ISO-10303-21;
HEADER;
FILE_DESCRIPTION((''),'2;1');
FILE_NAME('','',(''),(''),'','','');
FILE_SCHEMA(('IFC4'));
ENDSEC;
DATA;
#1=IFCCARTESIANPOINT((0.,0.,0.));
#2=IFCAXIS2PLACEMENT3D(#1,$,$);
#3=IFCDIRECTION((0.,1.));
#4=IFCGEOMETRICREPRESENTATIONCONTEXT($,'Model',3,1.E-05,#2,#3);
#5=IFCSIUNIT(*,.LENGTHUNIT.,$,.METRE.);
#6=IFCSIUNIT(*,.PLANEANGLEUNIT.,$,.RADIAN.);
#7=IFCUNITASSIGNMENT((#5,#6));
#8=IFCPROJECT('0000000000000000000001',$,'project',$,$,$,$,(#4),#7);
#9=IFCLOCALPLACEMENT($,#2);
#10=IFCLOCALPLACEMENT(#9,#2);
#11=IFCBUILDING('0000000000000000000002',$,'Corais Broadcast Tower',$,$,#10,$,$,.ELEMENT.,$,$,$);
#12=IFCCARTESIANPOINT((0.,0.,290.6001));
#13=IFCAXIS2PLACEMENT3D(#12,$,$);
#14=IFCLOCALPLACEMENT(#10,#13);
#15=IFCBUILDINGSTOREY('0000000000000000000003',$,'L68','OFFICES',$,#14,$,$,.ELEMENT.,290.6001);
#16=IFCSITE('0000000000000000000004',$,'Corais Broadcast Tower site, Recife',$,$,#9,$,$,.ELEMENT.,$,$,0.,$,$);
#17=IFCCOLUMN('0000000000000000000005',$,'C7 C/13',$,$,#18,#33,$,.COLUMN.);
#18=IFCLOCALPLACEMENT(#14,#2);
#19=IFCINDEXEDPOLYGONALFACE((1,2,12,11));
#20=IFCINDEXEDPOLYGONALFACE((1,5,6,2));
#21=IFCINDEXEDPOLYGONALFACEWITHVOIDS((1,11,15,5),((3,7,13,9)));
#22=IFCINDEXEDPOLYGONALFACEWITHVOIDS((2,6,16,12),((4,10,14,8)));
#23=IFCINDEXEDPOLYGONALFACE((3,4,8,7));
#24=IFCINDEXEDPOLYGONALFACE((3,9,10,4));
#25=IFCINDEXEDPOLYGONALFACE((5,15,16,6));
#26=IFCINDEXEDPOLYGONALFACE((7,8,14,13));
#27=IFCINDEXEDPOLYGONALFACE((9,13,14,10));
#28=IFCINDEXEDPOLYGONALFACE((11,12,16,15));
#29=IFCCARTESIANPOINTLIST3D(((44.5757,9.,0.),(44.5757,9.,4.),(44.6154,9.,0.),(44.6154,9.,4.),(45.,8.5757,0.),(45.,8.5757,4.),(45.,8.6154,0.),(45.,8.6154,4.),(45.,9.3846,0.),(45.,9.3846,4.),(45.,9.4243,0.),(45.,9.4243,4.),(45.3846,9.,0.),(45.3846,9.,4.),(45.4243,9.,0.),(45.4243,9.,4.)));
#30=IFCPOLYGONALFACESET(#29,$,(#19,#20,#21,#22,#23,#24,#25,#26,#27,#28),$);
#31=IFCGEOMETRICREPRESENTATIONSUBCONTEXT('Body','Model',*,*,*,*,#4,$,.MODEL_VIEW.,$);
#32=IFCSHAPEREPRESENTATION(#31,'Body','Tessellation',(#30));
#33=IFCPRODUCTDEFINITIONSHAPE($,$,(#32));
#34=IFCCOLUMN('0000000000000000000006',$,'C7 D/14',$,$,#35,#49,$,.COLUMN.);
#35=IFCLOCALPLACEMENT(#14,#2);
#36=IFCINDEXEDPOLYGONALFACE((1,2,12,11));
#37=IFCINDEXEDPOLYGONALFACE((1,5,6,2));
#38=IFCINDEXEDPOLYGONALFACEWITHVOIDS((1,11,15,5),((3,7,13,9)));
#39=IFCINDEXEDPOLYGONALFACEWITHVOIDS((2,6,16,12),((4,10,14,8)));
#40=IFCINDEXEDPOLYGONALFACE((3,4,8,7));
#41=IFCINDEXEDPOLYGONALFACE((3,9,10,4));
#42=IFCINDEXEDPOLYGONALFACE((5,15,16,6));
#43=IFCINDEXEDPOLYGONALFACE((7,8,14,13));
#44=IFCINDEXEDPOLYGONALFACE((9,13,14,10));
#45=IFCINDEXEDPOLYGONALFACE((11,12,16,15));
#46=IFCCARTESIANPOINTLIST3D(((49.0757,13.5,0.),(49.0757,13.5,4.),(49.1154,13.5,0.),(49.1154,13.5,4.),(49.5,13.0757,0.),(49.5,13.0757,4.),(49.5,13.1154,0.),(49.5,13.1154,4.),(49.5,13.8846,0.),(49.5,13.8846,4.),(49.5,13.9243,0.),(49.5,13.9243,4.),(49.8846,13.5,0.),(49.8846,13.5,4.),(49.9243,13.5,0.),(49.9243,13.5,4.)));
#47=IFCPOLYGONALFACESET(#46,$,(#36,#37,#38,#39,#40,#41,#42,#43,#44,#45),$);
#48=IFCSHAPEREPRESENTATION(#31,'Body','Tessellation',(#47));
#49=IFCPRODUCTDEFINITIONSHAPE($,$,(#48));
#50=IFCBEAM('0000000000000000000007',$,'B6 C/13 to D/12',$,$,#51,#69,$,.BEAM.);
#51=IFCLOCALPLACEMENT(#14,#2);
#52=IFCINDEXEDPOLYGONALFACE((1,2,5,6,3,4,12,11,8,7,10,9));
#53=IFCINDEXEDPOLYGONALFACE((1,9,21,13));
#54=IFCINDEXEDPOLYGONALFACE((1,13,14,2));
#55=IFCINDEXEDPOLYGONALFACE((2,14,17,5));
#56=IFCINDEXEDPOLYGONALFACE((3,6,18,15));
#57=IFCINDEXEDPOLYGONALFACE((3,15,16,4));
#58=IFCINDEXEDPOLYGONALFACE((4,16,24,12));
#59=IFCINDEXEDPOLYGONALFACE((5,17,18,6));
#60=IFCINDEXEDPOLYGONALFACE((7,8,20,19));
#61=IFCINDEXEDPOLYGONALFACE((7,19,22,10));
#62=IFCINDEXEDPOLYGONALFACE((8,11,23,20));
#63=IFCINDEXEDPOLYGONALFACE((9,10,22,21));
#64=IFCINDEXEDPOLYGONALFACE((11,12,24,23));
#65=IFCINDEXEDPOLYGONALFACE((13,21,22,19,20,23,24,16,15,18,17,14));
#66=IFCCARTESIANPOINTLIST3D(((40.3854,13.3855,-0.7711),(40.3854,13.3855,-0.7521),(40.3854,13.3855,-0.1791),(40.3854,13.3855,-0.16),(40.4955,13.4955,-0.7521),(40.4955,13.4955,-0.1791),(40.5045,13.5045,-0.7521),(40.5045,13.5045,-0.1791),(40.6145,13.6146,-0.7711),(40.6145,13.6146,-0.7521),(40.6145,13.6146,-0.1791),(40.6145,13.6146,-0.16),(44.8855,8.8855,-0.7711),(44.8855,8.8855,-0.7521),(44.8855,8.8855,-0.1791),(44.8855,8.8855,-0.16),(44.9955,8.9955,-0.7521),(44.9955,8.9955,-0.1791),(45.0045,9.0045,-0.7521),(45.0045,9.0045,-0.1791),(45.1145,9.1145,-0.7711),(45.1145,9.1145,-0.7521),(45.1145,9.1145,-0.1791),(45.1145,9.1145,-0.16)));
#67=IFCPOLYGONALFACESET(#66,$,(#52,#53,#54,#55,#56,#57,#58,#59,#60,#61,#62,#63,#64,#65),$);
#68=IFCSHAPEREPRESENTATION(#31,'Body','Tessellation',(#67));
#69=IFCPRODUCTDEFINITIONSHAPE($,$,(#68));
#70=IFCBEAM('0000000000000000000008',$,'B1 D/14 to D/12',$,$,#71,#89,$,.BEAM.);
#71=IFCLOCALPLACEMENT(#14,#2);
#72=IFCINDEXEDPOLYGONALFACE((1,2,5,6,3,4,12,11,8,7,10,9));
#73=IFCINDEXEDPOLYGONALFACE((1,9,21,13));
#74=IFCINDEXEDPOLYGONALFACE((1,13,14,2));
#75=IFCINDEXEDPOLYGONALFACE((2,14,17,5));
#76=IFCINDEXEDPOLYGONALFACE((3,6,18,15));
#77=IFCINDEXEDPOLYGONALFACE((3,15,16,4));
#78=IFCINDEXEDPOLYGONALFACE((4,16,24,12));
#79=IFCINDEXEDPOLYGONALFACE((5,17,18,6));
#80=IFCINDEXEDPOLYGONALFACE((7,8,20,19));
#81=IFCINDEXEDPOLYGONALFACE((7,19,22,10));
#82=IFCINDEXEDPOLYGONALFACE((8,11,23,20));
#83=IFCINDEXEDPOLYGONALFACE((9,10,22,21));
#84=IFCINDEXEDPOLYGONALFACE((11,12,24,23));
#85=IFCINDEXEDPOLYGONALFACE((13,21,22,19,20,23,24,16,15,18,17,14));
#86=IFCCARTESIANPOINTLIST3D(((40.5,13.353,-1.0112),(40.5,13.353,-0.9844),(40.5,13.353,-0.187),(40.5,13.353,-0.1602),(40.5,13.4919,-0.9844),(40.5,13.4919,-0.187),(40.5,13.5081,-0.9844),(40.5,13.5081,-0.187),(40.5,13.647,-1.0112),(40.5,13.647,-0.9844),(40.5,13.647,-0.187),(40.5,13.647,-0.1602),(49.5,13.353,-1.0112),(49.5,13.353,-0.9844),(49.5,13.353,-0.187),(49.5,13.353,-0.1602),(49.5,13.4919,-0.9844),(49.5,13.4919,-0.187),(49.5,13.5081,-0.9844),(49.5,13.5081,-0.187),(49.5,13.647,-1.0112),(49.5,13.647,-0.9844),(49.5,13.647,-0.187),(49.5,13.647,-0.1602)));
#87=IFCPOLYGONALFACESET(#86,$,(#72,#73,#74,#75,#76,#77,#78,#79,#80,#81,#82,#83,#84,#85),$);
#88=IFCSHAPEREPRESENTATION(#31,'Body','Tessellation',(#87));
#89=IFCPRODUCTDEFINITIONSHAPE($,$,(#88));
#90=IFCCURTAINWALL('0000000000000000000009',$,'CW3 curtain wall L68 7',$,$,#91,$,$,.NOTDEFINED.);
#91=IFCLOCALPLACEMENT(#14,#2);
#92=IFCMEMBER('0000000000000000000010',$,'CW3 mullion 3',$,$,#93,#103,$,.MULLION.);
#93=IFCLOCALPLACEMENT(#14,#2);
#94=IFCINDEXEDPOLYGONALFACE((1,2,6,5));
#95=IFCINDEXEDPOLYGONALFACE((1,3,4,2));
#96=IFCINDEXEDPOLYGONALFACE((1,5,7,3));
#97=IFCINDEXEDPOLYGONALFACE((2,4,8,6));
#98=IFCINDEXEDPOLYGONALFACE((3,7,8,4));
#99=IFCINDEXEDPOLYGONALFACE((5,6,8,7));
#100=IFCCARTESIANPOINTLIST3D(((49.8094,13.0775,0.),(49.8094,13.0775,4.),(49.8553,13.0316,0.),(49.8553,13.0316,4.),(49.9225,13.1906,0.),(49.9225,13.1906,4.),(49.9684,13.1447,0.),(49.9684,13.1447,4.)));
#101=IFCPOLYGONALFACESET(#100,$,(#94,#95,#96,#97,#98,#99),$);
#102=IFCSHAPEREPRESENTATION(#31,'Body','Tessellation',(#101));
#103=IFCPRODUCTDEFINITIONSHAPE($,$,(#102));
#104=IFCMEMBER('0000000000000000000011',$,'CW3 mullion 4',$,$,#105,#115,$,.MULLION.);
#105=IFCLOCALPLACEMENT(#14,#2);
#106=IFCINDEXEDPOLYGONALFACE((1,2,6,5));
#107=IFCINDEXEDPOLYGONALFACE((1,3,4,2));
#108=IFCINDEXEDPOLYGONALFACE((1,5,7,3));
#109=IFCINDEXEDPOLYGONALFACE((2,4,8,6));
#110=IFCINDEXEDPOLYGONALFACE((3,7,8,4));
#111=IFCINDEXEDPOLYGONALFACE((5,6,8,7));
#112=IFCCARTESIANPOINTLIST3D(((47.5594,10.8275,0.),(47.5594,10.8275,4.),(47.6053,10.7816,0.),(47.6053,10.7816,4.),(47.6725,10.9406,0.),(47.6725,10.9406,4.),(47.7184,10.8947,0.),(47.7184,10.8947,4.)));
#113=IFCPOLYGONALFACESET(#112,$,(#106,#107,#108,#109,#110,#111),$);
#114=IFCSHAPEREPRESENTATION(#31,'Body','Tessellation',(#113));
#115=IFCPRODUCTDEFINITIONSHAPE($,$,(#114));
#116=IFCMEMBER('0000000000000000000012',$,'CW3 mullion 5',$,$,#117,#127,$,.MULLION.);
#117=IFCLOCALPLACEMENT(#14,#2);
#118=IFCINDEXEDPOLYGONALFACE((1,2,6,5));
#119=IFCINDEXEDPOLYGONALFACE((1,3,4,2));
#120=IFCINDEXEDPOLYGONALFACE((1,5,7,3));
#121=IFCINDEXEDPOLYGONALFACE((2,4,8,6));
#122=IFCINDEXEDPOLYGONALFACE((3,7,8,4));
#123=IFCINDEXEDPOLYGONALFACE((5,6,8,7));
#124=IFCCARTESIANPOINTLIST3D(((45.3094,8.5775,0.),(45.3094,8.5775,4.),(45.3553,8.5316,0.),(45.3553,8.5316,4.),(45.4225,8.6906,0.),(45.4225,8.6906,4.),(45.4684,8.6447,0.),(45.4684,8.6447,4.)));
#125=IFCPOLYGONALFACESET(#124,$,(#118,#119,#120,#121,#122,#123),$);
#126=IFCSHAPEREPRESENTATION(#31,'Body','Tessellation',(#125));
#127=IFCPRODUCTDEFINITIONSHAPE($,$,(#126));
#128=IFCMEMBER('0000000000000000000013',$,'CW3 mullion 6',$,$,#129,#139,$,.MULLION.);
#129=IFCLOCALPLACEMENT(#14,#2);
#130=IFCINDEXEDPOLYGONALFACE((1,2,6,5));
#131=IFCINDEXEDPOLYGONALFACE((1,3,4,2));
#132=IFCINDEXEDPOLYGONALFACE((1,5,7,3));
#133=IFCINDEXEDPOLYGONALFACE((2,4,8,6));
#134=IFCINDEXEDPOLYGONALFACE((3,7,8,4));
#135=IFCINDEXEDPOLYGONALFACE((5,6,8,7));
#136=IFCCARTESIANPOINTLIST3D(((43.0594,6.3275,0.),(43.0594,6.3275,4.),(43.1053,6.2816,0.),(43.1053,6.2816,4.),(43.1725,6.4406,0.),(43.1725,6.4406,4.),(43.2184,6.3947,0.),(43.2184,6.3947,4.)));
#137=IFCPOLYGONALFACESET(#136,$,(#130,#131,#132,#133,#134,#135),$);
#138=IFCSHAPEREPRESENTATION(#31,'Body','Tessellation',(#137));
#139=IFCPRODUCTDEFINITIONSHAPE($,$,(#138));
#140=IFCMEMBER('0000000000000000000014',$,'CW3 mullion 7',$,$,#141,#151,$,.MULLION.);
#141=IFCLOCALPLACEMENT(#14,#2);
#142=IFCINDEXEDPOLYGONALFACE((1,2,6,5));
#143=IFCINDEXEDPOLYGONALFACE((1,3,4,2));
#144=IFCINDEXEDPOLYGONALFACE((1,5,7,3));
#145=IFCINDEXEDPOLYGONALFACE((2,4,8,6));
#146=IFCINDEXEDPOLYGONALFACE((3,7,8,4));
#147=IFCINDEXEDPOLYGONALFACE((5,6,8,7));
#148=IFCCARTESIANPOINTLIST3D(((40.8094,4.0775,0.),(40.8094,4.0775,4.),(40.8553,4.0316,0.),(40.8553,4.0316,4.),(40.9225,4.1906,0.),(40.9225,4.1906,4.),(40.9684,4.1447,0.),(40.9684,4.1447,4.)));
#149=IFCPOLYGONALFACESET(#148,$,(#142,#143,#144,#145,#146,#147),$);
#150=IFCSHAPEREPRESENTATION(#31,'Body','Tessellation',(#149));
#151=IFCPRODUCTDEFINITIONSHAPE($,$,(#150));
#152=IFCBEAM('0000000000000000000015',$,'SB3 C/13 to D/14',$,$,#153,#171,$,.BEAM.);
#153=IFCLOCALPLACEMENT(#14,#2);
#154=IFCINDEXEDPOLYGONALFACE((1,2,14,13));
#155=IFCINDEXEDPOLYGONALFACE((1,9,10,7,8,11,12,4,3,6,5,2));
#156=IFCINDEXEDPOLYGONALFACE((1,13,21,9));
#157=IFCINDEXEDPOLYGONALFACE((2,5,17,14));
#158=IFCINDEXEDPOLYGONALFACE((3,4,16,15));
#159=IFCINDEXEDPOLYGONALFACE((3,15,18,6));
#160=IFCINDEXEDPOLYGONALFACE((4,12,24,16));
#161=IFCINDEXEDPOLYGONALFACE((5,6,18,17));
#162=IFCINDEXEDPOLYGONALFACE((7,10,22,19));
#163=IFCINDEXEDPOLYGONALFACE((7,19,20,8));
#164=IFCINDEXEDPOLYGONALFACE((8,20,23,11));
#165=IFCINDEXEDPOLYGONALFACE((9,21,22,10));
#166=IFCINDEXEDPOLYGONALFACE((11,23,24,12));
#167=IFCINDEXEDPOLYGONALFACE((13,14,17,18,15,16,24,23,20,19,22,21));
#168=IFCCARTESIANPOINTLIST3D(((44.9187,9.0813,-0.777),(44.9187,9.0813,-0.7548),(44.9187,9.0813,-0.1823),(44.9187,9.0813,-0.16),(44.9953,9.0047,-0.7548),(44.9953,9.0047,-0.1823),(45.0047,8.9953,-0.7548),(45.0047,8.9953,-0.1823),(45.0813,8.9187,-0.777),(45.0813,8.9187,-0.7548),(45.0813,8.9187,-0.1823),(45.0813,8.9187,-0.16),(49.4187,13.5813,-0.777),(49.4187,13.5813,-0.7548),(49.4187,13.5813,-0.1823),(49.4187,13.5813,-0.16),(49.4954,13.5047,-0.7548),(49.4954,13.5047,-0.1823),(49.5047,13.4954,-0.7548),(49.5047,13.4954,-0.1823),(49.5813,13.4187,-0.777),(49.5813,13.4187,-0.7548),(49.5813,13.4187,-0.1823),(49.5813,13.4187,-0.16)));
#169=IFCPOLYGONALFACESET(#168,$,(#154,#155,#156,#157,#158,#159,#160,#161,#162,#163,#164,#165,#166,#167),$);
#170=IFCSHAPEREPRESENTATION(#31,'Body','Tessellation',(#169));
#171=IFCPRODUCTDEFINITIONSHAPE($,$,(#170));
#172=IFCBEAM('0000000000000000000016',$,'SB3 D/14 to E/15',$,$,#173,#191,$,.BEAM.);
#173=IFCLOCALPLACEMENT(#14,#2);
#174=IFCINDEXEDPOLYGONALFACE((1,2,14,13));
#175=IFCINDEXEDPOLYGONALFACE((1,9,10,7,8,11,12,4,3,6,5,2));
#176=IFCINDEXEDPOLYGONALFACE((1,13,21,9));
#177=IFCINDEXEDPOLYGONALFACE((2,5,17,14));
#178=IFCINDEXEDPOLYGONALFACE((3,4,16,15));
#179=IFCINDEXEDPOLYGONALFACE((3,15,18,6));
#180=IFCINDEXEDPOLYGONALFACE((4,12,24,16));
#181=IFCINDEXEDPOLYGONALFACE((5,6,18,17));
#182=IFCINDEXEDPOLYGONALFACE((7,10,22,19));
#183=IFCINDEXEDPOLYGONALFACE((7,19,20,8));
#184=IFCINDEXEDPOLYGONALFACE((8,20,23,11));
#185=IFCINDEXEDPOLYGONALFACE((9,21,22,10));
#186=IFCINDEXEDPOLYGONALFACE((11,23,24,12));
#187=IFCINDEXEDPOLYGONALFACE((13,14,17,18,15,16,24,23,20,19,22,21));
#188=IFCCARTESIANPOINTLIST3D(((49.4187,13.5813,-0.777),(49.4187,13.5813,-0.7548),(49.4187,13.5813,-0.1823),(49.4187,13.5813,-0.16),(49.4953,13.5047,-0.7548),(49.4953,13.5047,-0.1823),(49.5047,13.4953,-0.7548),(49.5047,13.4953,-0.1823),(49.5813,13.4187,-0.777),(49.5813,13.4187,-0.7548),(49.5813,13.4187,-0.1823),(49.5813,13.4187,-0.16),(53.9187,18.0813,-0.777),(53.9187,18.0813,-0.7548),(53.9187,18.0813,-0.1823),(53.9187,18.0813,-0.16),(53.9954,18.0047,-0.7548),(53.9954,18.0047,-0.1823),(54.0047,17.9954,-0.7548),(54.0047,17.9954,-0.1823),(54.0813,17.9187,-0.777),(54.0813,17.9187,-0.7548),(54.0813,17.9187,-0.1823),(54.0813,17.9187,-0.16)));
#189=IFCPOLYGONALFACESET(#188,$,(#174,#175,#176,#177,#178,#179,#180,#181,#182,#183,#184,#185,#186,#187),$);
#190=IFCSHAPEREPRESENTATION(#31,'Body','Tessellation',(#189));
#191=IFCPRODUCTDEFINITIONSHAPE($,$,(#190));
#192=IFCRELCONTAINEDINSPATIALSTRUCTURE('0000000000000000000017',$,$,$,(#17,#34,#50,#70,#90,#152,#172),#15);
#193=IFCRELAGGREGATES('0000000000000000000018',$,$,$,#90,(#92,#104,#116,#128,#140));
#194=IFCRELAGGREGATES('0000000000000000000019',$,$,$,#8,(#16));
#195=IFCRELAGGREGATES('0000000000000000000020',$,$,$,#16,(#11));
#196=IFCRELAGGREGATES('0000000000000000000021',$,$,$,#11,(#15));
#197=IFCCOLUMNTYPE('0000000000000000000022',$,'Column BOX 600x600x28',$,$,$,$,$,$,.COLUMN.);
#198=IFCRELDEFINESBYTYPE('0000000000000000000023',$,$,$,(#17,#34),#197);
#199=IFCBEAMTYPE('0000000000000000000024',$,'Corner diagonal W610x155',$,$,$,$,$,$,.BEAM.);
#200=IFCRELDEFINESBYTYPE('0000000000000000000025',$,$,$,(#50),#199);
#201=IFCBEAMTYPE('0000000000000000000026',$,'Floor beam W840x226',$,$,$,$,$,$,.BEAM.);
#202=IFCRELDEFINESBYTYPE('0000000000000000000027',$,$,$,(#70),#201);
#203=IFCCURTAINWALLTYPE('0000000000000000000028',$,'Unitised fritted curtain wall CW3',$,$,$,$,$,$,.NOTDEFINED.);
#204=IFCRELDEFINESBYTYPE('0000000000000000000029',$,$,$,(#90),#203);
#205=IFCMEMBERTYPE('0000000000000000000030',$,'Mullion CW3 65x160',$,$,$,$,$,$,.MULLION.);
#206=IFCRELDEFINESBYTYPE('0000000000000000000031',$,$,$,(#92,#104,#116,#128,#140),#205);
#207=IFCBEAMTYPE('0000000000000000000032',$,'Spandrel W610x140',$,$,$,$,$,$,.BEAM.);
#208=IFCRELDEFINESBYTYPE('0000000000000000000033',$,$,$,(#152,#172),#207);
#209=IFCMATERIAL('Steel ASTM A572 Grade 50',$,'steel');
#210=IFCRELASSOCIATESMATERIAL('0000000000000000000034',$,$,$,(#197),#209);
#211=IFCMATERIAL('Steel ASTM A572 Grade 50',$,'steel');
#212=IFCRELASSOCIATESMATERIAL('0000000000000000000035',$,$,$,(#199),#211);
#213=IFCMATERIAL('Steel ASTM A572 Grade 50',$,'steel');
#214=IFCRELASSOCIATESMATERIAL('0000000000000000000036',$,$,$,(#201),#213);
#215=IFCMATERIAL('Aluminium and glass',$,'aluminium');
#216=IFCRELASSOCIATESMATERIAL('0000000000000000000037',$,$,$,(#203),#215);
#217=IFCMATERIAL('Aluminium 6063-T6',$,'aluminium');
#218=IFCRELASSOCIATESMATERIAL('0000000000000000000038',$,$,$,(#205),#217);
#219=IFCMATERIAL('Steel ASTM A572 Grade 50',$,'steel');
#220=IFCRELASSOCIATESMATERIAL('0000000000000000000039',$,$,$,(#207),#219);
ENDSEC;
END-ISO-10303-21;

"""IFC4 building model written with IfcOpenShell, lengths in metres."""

from ifc_helpers import new_model, si_unit, direction, frame, origin, origin_2d, place, context, subcontext, project, spatial, rectangle, hollow_rectangle, i_section, extrude, material, material_profile, profile_set, type_object, element, aggregate, save


model = new_model("IFC4")

# Units and contexts
model_context = context("Model", 3, precision=1e-05, world=origin(), true_north=direction((0.0, 1.0)))
body_context = subcontext(model_context, "Body", "Model", "MODEL_VIEW")
ifc_project = project(units=[si_unit("LENGTHUNIT", "METRE"), si_unit("PLANEANGLEUNIT", "RADIAN")], contexts=[model_context])

# Site, building, storey
site_placement = place(None, origin())
site = spatial("IfcSite", under=ifc_project, at=site_placement, Name="Corais Broadcast Tower site, Recife", CompositionType="ELEMENT", RefElevation=0.0)
building_placement = place(site_placement, origin())
building = spatial("IfcBuilding", under=site, at=building_placement, Name="Corais Broadcast Tower", CompositionType="ELEMENT")
storey_placement = place(building_placement, frame((0.0, 0.0, 290.6001)))
storey = spatial("IfcBuildingStorey", under=building, at=storey_placement, Name="L68", Description="OFFICES", CompositionType="ELEMENT", Elevation=290.6001)

# Columns
ifc_material_1 = material(Name="Steel ASTM A572 Grade 50", Category="steel")
ifc_material_profile_1 = material_profile(ifc_material_1, hollow_rectangle(XDim=0.6001, YDim=0.6001, WallThickness=0.0281, at=origin_2d()), Name="BOX 600x600x28")
ifc_profile_set_1 = profile_set([ifc_material_profile_1], Name="Steel ASTM A572 Grade 50")
column_type = type_object("IfcColumnType", Name="Column BOX 600x600x28", PredefinedType="COLUMN", material=ifc_profile_set_1)
for number, where, z_axis, x_axis, name in (
    (1, (45.0, 9.0, 0.0), (0.0, 0.0, 1.0), (0.707107, 0.707107, 0.0), "C7 C/13"),
    (2, (49.5, 13.5, 0.0), (0.0, 0.0, 1.0), (0.707107, 0.707107, 0.0), "C7 D/14"),
):
    element("IfcColumn", number, at=place(storey_placement, frame(where, z_axis=z_axis, x_axis=x_axis)), inside=storey, type_object=column_type, Name=name, PredefinedType="COLUMN", context=body_context, shape_type="SweptSolid", body=[
        extrude(hollow_rectangle(XDim=0.6001, YDim=0.6001, WallThickness=0.0281, at=origin_2d()), origin(), (0.0, 0.0, 1.0), 4.0),
    ])

# Beams
ifc_material_2 = material(Name="Steel ASTM A572 Grade 50", Category="steel")
ifc_material_profile_2 = material_profile(ifc_material_2, i_section(OverallWidth=0.324, OverallDepth=0.6111, WebThickness=0.0127, FlangeThickness=0.019, at=origin_2d()), Name="W610x155")
ifc_profile_set_2 = profile_set([ifc_material_profile_2], Name="Steel ASTM A572 Grade 50")
beam_type_1 = type_object("IfcBeamType", Name="Corner diagonal W610x155", PredefinedType="BEAM", material=ifc_profile_set_2)
beam_1_placement = place(storey_placement, frame((45.0, 9.0, -0.4656), z_axis=(-0.707107, 0.707107, 0.0), x_axis=(-0.707107, -0.707107, 0.0)))
element("IfcBeam", 3, at=beam_1_placement, inside=storey, type_object=beam_type_1, Name="B6 C/13 to D/12", PredefinedType="BEAM", context=body_context, shape_type="SweptSolid", body=[
    extrude(i_section(OverallWidth=0.324, OverallDepth=0.6111, WebThickness=0.0127, FlangeThickness=0.019, at=origin_2d()), origin(), (0.0, 0.0, 1.0), 6.364),
])
ifc_material_3 = material(Name="Steel ASTM A572 Grade 50", Category="steel")
ifc_material_profile_3 = material_profile(ifc_material_3, i_section(OverallWidth=0.2939, OverallDepth=0.8511, WebThickness=0.0161, FlangeThickness=0.0269, at=origin_2d()), Name="W840x226")
ifc_profile_set_3 = profile_set([ifc_material_profile_3], Name="Steel ASTM A572 Grade 50")
beam_type_2 = type_object("IfcBeamType", Name="Floor beam W840x226", PredefinedType="BEAM", material=ifc_profile_set_3)
beam_2_placement = place(storey_placement, frame((49.5, 13.5, -0.5857), z_axis=(-1.0, 0.0, 0.0), x_axis=(0.0, -1.0, 0.0)))
element("IfcBeam", 4, at=beam_2_placement, inside=storey, type_object=beam_type_2, Name="B1 D/14 to D/12", PredefinedType="BEAM", context=body_context, shape_type="SweptSolid", body=[
    extrude(i_section(OverallWidth=0.2939, OverallDepth=0.8511, WebThickness=0.0161, FlangeThickness=0.0269, at=origin_2d()), origin(), (0.0, 0.0, 1.0), 9.0),
])

# Curtain wall, members
ifc_material_4 = material(Name="Aluminium and glass", Category="aluminium")
curtain_wall_type = type_object("IfcCurtainWallType", Name="Unitised fritted curtain wall CW3", PredefinedType="NOTDEFINED", material=ifc_material_4)
curtain_wall_placement = place(storey_placement, origin())
curtain_wall = element("IfcCurtainWall", 5, at=curtain_wall_placement, inside=storey, type_object=curtain_wall_type, Name="CW3 curtain wall L68 7", PredefinedType="NOTDEFINED")
ifc_material_5 = material(Name="Aluminium 6063-T6", Category="aluminium")
ifc_material_profile_4 = material_profile(ifc_material_5, rectangle(XDim=0.0649, YDim=0.1599, at=origin_2d()), Name="Mullion CW3 65x160")
ifc_profile_set_4 = profile_set([ifc_material_profile_4], Name="Aluminium 6063-T6")
member_type_1 = type_object("IfcMemberType", Name="Mullion CW3 65x160", PredefinedType="MULLION", material=ifc_profile_set_4)
member_1_placement = place(storey_placement, frame((49.8889, 13.1111, 0.0), z_axis=(0.0, 0.0, 1.0), x_axis=(0.707107, -0.707107, 0.0)))
member_1 = element("IfcMember", 6, at=member_1_placement, type_object=member_type_1, Name="CW3 mullion 3", PredefinedType="MULLION", context=body_context, shape_type="SweptSolid", body=[
    extrude(rectangle(XDim=0.0649, YDim=0.1599, at=origin_2d()), origin(), (0.0, 0.0, 1.0), 4.0),
])
member_2_placement = place(storey_placement, frame((47.6389, 10.8611, 0.0), z_axis=(0.0, 0.0, 1.0), x_axis=(0.707107, -0.707107, 0.0)))
member_2 = element("IfcMember", 7, at=member_2_placement, type_object=member_type_1, Name="CW3 mullion 4", PredefinedType="MULLION", context=body_context, shape_type="SweptSolid", body=[
    extrude(rectangle(XDim=0.0649, YDim=0.1599, at=origin_2d()), origin(), (0.0, 0.0, 1.0), 4.0),
])
member_3_placement = place(storey_placement, frame((45.3889, 8.6111, 0.0), z_axis=(0.0, 0.0, 1.0), x_axis=(0.707107, -0.707107, 0.0)))
member_3 = element("IfcMember", 8, at=member_3_placement, type_object=member_type_1, Name="CW3 mullion 5", PredefinedType="MULLION", context=body_context, shape_type="SweptSolid", body=[
    extrude(rectangle(XDim=0.0649, YDim=0.1599, at=origin_2d()), origin(), (0.0, 0.0, 1.0), 4.0),
])
member_4_placement = place(storey_placement, frame((43.1389, 6.3611, 0.0), z_axis=(0.0, 0.0, 1.0), x_axis=(0.707107, -0.707107, 0.0)))
member_4 = element("IfcMember", 9, at=member_4_placement, type_object=member_type_1, Name="CW3 mullion 6", PredefinedType="MULLION", context=body_context, shape_type="SweptSolid", body=[
    extrude(rectangle(XDim=0.0649, YDim=0.1599, at=origin_2d()), origin(), (0.0, 0.0, 1.0), 4.0),
])
member_5_placement = place(storey_placement, frame((40.8889, 4.1111, 0.0), z_axis=(0.0, 0.0, 1.0), x_axis=(0.707107, -0.707107, 0.0)))
member_5 = element("IfcMember", 10, at=member_5_placement, type_object=member_type_1, Name="CW3 mullion 7", PredefinedType="MULLION", context=body_context, shape_type="SweptSolid", body=[
    extrude(rectangle(XDim=0.0649, YDim=0.1599, at=origin_2d()), origin(), (0.0, 0.0, 1.0), 4.0),
])

# Beams
ifc_material_6 = material(Name="Steel ASTM A572 Grade 50", Category="steel")
ifc_material_profile_5 = material_profile(ifc_material_6, i_section(OverallWidth=0.23, OverallDepth=0.6169, WebThickness=0.0132, FlangeThickness=0.0222, at=origin_2d()), Name="W610x140")
ifc_profile_set_5 = profile_set([ifc_material_profile_5], Name="Steel ASTM A572 Grade 50")
beam_type_3 = type_object("IfcBeamType", Name="Spandrel W610x140", PredefinedType="BEAM", material=ifc_profile_set_5)
for number, where, z_axis, x_axis, name in (
    (11, (45.0, 9.0, -0.4685), (0.707107, 0.707107, 0.0), (-0.707107, 0.707107, 0.0), "SB3 C/13 to D/14"),
    (12, (49.5, 13.5, -0.4685), (0.707107, 0.707107, 0.0), (-0.707107, 0.707107, 0.0), "SB3 D/14 to E/15"),
):
    element("IfcBeam", number, at=place(storey_placement, frame(where, z_axis=z_axis, x_axis=x_axis)), inside=storey, type_object=beam_type_3, Name=name, PredefinedType="BEAM", context=body_context, shape_type="SweptSolid", body=[
        extrude(i_section(OverallWidth=0.23, OverallDepth=0.6169, WebThickness=0.0132, FlangeThickness=0.0222, at=origin_2d()), origin(), (0.0, 0.0, 1.0), 6.364),
    ])

aggregate(curtain_wall, [member_1, member_2, member_3, member_4, member_5])

save(model, "model.ifc")
